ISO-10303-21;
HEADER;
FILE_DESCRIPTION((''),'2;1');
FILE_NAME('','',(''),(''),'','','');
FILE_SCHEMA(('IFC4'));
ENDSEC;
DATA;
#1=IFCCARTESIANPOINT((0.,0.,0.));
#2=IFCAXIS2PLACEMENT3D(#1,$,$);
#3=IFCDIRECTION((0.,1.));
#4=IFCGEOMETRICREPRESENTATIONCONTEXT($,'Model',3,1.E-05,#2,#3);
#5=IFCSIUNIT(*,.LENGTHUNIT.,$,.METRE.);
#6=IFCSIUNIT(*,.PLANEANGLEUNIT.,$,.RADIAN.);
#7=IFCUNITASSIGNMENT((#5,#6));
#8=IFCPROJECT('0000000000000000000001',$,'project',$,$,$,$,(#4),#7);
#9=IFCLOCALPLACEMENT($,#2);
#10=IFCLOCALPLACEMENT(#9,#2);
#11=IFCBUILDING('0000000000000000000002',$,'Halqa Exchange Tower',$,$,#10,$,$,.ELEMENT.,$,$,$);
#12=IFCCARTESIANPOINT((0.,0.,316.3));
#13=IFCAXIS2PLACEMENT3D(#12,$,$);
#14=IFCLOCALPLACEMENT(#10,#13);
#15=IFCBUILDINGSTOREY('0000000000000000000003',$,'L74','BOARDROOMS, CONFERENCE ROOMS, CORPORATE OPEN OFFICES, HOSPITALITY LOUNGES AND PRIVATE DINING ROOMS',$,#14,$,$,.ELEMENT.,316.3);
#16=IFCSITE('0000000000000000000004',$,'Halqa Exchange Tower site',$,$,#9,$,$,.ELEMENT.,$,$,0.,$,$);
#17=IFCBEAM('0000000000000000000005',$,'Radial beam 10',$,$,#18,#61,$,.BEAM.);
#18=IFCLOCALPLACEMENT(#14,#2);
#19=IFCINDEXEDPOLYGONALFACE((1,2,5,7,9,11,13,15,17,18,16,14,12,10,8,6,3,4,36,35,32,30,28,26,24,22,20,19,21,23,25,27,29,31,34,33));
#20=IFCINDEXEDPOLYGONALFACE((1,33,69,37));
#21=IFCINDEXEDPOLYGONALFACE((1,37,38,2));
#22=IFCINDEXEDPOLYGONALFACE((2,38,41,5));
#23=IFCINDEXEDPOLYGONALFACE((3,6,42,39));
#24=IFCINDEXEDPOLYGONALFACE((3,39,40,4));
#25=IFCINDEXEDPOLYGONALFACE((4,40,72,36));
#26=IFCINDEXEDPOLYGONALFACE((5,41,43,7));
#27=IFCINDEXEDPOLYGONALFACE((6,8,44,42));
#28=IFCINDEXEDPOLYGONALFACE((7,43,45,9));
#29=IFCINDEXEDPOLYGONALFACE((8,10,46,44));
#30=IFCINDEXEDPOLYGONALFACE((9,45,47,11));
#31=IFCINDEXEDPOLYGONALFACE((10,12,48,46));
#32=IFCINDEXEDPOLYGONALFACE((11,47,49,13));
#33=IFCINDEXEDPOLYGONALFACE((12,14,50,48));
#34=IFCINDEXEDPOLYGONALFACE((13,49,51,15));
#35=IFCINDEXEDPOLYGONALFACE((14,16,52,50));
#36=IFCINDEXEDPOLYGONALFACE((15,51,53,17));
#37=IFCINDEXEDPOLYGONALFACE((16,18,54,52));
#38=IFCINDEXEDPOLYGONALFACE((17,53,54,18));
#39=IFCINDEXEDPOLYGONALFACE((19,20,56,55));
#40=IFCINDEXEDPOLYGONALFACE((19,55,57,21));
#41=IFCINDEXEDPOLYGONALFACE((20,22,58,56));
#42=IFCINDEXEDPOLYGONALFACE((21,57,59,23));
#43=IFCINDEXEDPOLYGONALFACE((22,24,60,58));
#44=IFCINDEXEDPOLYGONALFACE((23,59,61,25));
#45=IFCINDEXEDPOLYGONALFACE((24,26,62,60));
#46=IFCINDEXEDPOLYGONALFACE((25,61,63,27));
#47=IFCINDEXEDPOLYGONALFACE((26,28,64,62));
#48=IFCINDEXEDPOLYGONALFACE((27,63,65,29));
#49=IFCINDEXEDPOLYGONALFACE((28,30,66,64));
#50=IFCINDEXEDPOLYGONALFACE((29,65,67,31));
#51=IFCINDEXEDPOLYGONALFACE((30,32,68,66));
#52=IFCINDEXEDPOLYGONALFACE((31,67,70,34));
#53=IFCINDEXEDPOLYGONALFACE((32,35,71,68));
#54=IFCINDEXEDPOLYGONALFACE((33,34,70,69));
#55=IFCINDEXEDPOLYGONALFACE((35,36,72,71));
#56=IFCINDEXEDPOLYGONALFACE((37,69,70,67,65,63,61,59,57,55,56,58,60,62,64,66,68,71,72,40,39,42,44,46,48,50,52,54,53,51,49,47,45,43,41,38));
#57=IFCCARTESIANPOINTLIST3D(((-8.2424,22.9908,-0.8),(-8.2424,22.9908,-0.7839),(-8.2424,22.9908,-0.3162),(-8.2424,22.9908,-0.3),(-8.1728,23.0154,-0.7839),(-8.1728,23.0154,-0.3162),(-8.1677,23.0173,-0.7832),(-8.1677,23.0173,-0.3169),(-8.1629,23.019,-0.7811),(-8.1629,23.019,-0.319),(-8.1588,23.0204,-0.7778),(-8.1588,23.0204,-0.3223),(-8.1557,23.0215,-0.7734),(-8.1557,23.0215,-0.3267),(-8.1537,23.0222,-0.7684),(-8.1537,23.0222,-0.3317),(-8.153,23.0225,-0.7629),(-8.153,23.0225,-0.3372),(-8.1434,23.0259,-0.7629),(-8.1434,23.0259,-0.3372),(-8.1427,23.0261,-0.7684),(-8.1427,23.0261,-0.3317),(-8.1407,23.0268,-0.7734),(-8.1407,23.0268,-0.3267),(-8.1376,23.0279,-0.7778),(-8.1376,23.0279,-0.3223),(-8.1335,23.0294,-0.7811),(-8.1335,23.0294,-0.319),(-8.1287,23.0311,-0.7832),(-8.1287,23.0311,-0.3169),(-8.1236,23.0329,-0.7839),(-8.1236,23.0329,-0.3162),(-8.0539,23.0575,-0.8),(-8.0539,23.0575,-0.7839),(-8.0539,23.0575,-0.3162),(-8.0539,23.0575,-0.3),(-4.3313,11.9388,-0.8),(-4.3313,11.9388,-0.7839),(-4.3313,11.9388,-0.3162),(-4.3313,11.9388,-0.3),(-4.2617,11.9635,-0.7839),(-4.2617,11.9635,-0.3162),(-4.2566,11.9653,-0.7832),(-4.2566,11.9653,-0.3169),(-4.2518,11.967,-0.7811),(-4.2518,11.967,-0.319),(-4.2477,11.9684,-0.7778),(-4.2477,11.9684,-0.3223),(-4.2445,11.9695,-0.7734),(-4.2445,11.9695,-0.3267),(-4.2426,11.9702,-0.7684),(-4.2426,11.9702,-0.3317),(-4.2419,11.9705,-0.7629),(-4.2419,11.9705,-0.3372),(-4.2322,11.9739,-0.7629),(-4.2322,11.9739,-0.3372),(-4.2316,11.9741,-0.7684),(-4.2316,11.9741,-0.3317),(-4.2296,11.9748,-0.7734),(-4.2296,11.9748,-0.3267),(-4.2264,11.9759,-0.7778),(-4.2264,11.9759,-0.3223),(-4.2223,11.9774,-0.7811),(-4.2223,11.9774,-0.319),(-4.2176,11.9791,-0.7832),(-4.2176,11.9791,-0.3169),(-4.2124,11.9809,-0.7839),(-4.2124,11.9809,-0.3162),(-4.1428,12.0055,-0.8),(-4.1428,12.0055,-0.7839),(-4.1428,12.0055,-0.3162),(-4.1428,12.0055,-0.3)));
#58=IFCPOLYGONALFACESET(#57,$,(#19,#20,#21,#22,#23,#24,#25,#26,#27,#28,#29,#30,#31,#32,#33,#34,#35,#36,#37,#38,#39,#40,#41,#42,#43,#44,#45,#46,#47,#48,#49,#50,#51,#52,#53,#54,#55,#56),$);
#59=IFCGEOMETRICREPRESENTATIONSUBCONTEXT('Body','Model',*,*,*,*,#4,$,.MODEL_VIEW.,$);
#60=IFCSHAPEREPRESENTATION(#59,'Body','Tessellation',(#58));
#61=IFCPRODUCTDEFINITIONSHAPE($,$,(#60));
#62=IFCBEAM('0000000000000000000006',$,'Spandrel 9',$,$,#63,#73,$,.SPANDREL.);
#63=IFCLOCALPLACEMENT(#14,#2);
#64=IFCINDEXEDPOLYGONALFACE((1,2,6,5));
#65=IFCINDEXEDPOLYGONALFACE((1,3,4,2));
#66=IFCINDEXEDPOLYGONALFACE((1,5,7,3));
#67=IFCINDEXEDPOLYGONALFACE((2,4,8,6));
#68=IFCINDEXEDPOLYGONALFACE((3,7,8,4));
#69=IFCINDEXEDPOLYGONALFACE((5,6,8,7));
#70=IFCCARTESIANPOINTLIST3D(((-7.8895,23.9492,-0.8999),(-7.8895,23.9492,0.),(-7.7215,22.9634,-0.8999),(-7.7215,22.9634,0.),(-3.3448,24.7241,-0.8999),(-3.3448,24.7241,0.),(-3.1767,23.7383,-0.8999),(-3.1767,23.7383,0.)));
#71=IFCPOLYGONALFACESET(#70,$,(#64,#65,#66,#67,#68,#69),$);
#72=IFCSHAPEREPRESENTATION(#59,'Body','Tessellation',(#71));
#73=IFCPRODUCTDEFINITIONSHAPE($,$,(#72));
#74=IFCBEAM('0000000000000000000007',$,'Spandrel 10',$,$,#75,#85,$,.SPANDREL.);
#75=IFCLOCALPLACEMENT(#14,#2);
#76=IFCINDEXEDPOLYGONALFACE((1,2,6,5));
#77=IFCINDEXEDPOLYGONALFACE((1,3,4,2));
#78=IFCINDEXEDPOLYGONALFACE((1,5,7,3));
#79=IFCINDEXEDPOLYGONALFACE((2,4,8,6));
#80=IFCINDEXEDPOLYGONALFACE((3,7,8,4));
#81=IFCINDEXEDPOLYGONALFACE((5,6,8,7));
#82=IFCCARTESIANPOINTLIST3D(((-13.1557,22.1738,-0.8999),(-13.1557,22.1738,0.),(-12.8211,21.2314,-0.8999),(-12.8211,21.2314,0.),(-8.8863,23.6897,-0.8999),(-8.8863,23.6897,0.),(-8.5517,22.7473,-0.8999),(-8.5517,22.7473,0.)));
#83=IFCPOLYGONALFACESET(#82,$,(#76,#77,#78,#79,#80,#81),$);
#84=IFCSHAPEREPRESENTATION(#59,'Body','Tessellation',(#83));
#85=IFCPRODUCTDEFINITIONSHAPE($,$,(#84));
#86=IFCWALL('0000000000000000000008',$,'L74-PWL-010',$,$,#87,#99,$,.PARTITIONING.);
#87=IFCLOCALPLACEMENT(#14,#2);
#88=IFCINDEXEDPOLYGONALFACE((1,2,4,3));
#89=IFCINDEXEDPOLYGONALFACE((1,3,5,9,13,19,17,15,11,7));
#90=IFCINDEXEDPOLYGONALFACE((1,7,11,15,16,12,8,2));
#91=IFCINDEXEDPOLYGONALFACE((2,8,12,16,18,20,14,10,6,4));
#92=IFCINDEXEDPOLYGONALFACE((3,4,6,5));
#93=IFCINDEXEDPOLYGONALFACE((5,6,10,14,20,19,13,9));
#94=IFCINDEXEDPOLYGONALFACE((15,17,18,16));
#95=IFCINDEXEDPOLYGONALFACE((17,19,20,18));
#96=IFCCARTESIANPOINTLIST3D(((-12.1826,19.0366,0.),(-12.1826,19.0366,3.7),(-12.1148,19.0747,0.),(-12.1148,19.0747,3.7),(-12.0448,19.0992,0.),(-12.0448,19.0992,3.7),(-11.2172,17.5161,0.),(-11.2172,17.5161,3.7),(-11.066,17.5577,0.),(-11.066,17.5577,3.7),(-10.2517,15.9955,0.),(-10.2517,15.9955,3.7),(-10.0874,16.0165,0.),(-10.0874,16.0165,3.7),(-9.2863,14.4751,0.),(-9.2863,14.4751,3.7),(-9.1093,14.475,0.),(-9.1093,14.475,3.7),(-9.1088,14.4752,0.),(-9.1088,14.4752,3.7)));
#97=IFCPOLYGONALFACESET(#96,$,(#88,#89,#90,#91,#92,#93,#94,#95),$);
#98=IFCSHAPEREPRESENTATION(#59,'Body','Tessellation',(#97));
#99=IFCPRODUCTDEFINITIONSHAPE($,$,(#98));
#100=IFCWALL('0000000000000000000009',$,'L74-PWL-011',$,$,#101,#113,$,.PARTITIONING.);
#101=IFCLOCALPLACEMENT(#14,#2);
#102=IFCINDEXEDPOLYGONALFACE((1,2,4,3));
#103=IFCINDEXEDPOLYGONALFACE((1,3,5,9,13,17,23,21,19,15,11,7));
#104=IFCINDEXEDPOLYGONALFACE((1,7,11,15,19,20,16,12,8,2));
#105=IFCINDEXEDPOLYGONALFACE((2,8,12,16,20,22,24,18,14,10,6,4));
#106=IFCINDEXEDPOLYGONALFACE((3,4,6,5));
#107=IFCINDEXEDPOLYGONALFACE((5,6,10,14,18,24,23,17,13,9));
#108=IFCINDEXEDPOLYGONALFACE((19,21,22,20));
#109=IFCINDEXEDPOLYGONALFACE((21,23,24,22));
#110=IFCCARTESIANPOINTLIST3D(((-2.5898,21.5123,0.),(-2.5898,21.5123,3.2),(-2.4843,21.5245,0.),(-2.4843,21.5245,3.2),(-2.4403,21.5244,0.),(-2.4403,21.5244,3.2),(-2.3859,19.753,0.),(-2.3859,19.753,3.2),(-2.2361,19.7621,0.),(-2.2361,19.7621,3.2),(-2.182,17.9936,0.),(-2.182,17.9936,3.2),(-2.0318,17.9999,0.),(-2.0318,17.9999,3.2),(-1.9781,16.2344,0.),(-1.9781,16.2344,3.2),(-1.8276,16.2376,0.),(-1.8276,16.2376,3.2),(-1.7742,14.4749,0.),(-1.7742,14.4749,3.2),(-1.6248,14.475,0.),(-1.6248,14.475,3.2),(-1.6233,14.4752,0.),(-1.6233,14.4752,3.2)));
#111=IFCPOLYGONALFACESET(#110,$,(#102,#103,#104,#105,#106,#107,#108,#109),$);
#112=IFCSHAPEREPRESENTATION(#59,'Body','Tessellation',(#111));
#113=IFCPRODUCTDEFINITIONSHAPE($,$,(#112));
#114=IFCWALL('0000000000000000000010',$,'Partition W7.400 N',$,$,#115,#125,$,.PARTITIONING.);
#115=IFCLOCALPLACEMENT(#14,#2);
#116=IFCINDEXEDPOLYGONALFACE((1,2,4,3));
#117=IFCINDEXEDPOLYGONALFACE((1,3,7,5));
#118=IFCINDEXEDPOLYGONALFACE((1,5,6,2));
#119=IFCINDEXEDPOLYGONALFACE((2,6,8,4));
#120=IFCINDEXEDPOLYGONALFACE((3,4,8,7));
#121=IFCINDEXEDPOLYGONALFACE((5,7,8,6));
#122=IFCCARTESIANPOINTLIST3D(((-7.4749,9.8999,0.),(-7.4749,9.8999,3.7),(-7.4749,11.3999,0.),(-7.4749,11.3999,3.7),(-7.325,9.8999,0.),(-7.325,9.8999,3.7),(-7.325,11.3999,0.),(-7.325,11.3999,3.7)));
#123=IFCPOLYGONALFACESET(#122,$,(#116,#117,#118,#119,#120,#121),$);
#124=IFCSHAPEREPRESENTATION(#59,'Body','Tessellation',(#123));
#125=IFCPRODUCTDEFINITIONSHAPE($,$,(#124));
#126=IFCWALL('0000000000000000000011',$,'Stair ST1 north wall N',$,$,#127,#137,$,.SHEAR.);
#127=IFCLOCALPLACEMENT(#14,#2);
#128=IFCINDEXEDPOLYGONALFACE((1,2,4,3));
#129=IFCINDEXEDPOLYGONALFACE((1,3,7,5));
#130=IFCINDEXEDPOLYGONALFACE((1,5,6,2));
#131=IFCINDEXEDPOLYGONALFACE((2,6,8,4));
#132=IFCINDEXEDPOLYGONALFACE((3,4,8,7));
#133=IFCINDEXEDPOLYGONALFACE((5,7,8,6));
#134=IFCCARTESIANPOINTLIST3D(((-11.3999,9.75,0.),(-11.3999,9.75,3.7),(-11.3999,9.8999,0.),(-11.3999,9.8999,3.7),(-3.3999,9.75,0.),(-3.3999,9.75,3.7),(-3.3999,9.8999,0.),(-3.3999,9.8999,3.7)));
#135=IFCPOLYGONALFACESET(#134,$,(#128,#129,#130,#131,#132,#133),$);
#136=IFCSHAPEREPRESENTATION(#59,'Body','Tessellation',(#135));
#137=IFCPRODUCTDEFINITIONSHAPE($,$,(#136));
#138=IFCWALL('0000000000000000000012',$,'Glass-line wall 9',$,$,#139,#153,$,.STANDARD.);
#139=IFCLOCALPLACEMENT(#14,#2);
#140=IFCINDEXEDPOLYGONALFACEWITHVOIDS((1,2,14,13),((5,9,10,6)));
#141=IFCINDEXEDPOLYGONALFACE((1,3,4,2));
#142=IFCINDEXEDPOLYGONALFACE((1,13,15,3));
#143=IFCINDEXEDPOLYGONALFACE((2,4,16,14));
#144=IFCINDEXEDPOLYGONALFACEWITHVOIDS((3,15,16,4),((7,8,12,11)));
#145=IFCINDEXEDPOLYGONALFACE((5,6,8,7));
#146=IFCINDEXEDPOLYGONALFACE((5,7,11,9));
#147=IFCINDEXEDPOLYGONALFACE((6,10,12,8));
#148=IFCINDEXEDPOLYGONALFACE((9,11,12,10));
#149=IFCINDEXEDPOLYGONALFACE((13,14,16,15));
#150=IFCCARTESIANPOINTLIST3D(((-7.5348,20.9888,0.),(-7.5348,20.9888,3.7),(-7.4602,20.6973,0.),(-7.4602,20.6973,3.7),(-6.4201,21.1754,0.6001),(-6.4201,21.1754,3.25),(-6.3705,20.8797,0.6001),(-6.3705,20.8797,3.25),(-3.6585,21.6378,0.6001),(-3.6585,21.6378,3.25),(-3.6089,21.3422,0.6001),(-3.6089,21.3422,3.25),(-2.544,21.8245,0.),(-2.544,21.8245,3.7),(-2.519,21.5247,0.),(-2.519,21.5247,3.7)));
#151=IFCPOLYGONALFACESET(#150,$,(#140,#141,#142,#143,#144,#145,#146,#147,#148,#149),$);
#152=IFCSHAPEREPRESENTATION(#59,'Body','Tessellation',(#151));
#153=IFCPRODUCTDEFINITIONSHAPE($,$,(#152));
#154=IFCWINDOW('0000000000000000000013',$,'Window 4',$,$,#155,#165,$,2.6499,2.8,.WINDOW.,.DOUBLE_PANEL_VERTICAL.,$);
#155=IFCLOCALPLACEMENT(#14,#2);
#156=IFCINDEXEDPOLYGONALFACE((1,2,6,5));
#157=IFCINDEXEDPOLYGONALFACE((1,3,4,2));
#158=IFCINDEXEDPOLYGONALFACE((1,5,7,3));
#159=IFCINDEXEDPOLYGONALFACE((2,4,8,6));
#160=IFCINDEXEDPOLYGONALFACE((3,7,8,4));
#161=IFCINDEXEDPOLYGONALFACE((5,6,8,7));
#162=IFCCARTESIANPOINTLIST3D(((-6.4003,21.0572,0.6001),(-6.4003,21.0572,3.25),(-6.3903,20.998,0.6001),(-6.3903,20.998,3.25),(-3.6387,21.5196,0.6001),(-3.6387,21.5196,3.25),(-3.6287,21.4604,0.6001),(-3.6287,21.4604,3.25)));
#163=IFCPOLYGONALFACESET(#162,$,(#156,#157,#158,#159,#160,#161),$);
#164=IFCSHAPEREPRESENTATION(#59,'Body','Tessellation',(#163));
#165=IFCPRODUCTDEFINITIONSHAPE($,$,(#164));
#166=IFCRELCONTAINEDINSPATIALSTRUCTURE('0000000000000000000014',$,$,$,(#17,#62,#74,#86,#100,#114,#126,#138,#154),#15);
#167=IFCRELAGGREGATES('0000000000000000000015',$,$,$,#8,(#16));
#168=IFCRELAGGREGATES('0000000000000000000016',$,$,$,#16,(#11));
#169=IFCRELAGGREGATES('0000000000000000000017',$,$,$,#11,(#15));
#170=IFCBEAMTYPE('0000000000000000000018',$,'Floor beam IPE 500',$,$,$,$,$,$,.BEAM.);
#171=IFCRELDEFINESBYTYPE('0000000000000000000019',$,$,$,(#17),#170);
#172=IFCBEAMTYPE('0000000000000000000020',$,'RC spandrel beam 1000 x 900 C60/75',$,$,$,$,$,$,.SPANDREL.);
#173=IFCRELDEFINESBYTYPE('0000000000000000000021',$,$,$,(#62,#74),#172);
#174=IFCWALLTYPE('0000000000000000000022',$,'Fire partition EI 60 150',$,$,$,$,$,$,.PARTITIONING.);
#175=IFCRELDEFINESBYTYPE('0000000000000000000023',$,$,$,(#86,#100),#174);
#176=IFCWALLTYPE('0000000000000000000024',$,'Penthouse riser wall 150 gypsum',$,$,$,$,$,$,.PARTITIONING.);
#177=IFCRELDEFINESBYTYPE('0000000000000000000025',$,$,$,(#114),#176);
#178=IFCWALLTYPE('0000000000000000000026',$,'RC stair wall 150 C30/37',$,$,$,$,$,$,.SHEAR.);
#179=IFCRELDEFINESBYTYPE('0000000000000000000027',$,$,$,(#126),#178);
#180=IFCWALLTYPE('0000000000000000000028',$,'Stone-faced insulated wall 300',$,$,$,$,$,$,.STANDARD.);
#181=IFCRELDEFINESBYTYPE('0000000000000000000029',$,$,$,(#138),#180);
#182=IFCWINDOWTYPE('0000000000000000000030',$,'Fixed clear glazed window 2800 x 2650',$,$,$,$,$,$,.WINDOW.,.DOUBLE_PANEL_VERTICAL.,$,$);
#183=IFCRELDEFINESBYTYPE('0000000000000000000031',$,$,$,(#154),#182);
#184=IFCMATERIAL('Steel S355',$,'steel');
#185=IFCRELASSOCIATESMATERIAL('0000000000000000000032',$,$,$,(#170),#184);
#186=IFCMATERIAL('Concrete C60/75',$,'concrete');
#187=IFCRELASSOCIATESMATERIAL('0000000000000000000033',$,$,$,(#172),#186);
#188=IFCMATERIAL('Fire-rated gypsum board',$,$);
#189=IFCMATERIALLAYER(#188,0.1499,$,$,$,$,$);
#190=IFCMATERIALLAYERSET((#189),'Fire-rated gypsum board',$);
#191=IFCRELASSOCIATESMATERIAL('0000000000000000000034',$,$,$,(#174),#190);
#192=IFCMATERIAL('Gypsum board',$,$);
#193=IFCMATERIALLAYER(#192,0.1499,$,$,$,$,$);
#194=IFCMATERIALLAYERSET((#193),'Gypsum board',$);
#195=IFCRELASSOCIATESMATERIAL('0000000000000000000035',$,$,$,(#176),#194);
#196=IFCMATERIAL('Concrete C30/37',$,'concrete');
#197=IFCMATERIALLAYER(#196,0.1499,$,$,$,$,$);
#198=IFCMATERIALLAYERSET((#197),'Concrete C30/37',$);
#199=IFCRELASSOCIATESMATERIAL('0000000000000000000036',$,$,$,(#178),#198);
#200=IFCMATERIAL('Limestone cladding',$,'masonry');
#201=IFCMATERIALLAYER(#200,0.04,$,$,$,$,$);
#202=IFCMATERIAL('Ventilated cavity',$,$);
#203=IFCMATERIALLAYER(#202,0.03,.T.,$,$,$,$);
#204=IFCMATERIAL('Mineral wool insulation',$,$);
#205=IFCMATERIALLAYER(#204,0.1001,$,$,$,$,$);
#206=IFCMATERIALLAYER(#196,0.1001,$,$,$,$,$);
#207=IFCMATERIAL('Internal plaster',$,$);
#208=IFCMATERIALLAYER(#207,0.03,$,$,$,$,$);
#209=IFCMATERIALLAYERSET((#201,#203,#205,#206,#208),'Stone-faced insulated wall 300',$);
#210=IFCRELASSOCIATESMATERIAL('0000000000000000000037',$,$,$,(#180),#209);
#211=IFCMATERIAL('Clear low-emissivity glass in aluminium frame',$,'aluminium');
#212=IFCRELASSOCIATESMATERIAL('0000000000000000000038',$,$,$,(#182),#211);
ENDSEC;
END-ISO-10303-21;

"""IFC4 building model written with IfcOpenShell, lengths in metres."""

from ifc_helpers import new_model, si_unit, direction, frame, frame_2d, origin, origin_2d, place, context, subcontext, project, spatial, polyline, rectangle, i_section, outline, extrude, material, layer, layer_set, material_profile, profile_set, type_object, element, fill, save


model = new_model("IFC4")

# Units and contexts
model_context = context("Model", 3, precision=1e-05, world=origin(), true_north=direction((0.0, 1.0)))
body_context = subcontext(model_context, "Body", "Model", "MODEL_VIEW")
ifc_project = project(units=[si_unit("LENGTHUNIT", "METRE"), si_unit("PLANEANGLEUNIT", "RADIAN")], contexts=[model_context])

# Site, building, storey
site_placement = place(None, origin())
site = spatial("IfcSite", under=ifc_project, at=site_placement, Name="Halqa Exchange Tower site", CompositionType="ELEMENT", RefElevation=0.0)
building_placement = place(site_placement, origin())
building = spatial("IfcBuilding", under=site, at=building_placement, Name="Halqa Exchange Tower", CompositionType="ELEMENT")
storey_placement = place(building_placement, frame((0.0, 0.0, 316.3)))
storey = spatial("IfcBuildingStorey", under=building, at=storey_placement, Name="L74", Description="BOARDROOMS, CONFERENCE ROOMS, CORPORATE OPEN OFFICES, HOSPITALITY LOUNGES AND PRIVATE DINING ROOMS", CompositionType="ELEMENT", Elevation=316.3)

# Beams
ifc_material_1 = material(Name="Steel S355", Category="steel")
ifc_material_profile_1 = material_profile(ifc_material_1, i_section(OverallWidth=0.2, OverallDepth=0.5, WebThickness=0.0103, FlangeThickness=0.0161, FilletRadius=0.021, at=origin_2d()), Name="IPE 500")
ifc_profile_set_1 = profile_set([ifc_material_profile_1], Name="Steel S355")
beam_type_1 = type_object("IfcBeamType", Name="Floor beam IPE 500", PredefinedType="BEAM", material=ifc_profile_set_1)
beam_1_placement = place(storey_placement, frame((-4.2371, 11.9722, -0.55), z_axis=(-0.333611, 0.942711, 0.0), x_axis=(-0.942711, -0.333611, 0.0)))
element("IfcBeam", 1, at=beam_1_placement, inside=storey, type_object=beam_type_1, Name="Radial beam 10", PredefinedType="BEAM", context=body_context, shape_type="SweptSolid", body=[
    extrude(i_section(OverallWidth=0.2, OverallDepth=0.5, WebThickness=0.0103, FlangeThickness=0.0161, FilletRadius=0.021, at=origin_2d()), origin(), (0.0, 0.0, 1.0), 11.7236),
])
ifc_material_2 = material(Name="Concrete C60/75", Category="concrete")
ifc_material_profile_2 = material_profile(ifc_material_2, rectangle(XDim=1.0, YDim=0.8999, at=origin_2d()), Name="1000 x 900")
ifc_profile_set_2 = profile_set([ifc_material_profile_2], Name="Concrete C60/75")
beam_type_2 = type_object("IfcBeamType", Name="RC spandrel beam 1000 x 900 C60/75", PredefinedType="SPANDREL", material=ifc_profile_set_2)
beam_2_placement = place(storey_placement, frame((-3.2607, 24.2312, -0.45), z_axis=(-0.985773, -0.168082, 0.0), x_axis=(0.168082, -0.985773, 0.0)))
element("IfcBeam", 2, at=beam_2_placement, inside=storey, type_object=beam_type_2, Name="Spandrel 9", PredefinedType="SPANDREL", context=body_context, shape_type="SweptSolid", body=[
    extrude(rectangle(XDim=1.0, YDim=0.8999, at=origin_2d()), origin(), (0.0, 0.0, 1.0), 4.6104),
])
beam_3_placement = place(storey_placement, frame((-8.719, 23.2185, -0.45), z_axis=(-0.942361, -0.334598, 0.0), x_axis=(0.334598, -0.942361, 0.0)))
element("IfcBeam", 3, at=beam_3_placement, inside=storey, type_object=beam_type_2, Name="Spandrel 10", PredefinedType="SPANDREL", context=body_context, shape_type="SweptSolid", body=[
    extrude(rectangle(XDim=1.0, YDim=0.8999, at=origin_2d()), origin(), (0.0, 0.0, 1.0), 4.5305),
])

# Walls
ifc_material_3 = material(Name="Fire-rated gypsum board")
ifc_layer_1 = layer(ifc_material_3, 0.1499)
ifc_layer_set_1 = layer_set([ifc_layer_1], Name="Fire-rated gypsum board")
wall_type_1 = type_object("IfcWallType", Name="Fire partition EI 60 150", PredefinedType="PARTITIONING", material=ifc_layer_set_1)
wall_1_placement = place(storey_placement, frame((-9.1721, 14.4351, 0.0), z_axis=(0.0, 0.0, 1.0), x_axis=(-0.536016, 0.844208, 0.0)))
element("IfcWall", 4, at=wall_1_placement, inside=storey, type_object=wall_type_1, Name="L74-PWL-010", PredefinedType="PARTITIONING", context=body_context, shape_type="SweptSolid", body=[
    extrude(outline(polyline([(0.0, -0.075), (1.8257, -0.075), (3.6514, -0.075), (5.4773, -0.075), (5.4941, -0.0027), (5.4983, 0.075), (3.6973, 0.075), (1.896, 0.075), (0.095, 0.075), (0.0, -0.0745), (0.0, -0.075)])), origin(), (0.0, 0.0, 1.0), 3.7),
])
wall_2_placement = place(storey_placement, frame((-1.6978, 14.4666, 0.0), z_axis=(0.0, 0.0, 1.0), x_axis=(-0.115132, 0.99335, 0.0)))
element("IfcWall", 5, at=wall_2_placement, inside=storey, type_object=wall_type_1, Name="L74-PWL-011", PredefinedType="PARTITIONING", context=body_context, shape_type="SweptSolid", body=[
    extrude(outline(polyline([(0.0, -0.075), (1.7742, -0.075), (3.5483, -0.075), (5.3223, -0.075), (7.0964, -0.075), (7.1016, -0.0312), (7.1016, 0.075), (5.3306, 0.075), (3.5593, 0.075), (1.7883, 0.075), (0.0171, 0.075), (0.0, -0.0735), (0.0, -0.075)])), origin(), (0.0, 0.0, 1.0), 3.2),
])
ifc_material_4 = material(Name="Gypsum board")
ifc_layer_2 = layer(ifc_material_4, 0.1499)
ifc_layer_set_2 = layer_set([ifc_layer_2], Name="Gypsum board")
wall_type_2 = type_object("IfcWallType", Name="Penthouse riser wall 150 gypsum", PredefinedType="PARTITIONING", material=ifc_layer_set_2)
wall_3_placement = place(storey_placement, frame((-7.3999, 9.8999, 0.0), z_axis=(0.0, 0.0, 1.0), x_axis=(0.0, 1.0, 0.0)))
element("IfcWall", 6, at=wall_3_placement, inside=storey, type_object=wall_type_2, Name="Partition W7.400 N", PredefinedType="PARTITIONING", context=body_context, shape_type="SweptSolid", body=[
    extrude(rectangle(XDim=1.5, YDim=0.1499, at=frame_2d((0.75, 0.0))), origin(), (0.0, 0.0, 1.0), 3.7),
])
ifc_material_5 = material(Name="Concrete C30/37", Category="concrete")
ifc_layer_3 = layer(ifc_material_5, 0.1499)
ifc_layer_set_3 = layer_set([ifc_layer_3], Name="Concrete C30/37")
wall_type_3 = type_object("IfcWallType", Name="RC stair wall 150 C30/37", PredefinedType="SHEAR", material=ifc_layer_set_3)
wall_4_placement = place(storey_placement, frame((-11.3999, 9.825, 0.0), z_axis=(0.0, 0.0, 1.0), x_axis=(1.0, 0.0, 0.0)))
element("IfcWall", 7, at=wall_4_placement, inside=storey, type_object=wall_type_3, Name="Stair ST1 north wall N", PredefinedType="SHEAR", context=body_context, shape_type="SweptSolid", body=[
    extrude(rectangle(XDim=8.0, YDim=0.1499, at=frame_2d((4.0, 0.0))), origin(), (0.0, 0.0, 1.0), 3.7),
])

# Wall, opening, window
ifc_material_6 = material(Name="Limestone cladding", Category="masonry")
ifc_layer_4 = layer(ifc_material_6, 0.04)
ifc_material_7 = material(Name="Ventilated cavity")
ifc_layer_5 = layer(ifc_material_7, 0.03, ventilated=True)
ifc_material_8 = material(Name="Mineral wool insulation")
ifc_layer_6 = layer(ifc_material_8, 0.1001)
ifc_layer_7 = layer(ifc_material_5, 0.1001)
ifc_material_9 = material(Name="Internal plaster")
ifc_layer_8 = layer(ifc_material_9, 0.03)
ifc_layer_set_4 = layer_set([ifc_layer_4, ifc_layer_5, ifc_layer_6, ifc_layer_7, ifc_layer_8], Name="Stone-faced insulated wall 300")
wall_type_4 = type_object("IfcWallType", Name="Stone-faced insulated wall 300", PredefinedType="STANDARD", material=ifc_layer_set_4)
wall_5_placement = place(storey_placement, frame((-2.5315, 21.6746, 0.0), z_axis=(0.0, 0.0, 1.0), x_axis=(-0.986269, -0.165146, 0.0)))
wall_5 = element("IfcWall", 8, at=wall_5_placement, inside=storey, type_object=wall_type_4, Name="Glass-line wall 9", PredefinedType="STANDARD", context=body_context, shape_type="SweptSolid", body=[
    extrude(outline(polyline([(-0.0125, -0.1499), (5.0479, -0.1499), (5.0225, 0.1499), (0.0125, 0.1499), (-0.0125, -0.1499)])), origin(), (0.0, 0.0, 1.0), 3.7),
])
opening_1_placement = place(wall_5_placement, frame((1.1177, 0.0, 0.6001)))
opening_1 = element("IfcOpeningElement", 9, at=opening_1_placement, cuts=wall_5, PredefinedType="OPENING", context=body_context, shape_type="SweptSolid", body=[
    extrude(rectangle(XDim=2.8, YDim=2.6499, at=frame_2d((1.3999, 1.325))), frame((0.0, 0.1621, 0.0), z_axis=(0.0, -1.0, 0.0), x_axis=(1.0, 0.0, 0.0)), (0.0, 0.0, 1.0), 0.324),
])
ifc_material_10 = material(Name="Clear low-emissivity glass in aluminium frame", Category="aluminium")
window_type = type_object("IfcWindowType", Name="Fixed clear glazed window 2800 x 2650", PartitioningType="DOUBLE_PANEL_VERTICAL", PredefinedType="WINDOW", material=ifc_material_10)
window_1_placement = place(opening_1_placement, origin())
window_1 = element("IfcWindow", 10, at=window_1_placement, inside=storey, type_object=window_type, Name="Window 4", OverallHeight=2.6499, OverallWidth=2.8, PartitioningType="DOUBLE_PANEL_VERTICAL", PredefinedType="WINDOW", context=body_context, shape_type="SweptSolid", body=[
    extrude(rectangle(XDim=2.8, YDim=2.6499, at=frame_2d((1.3999, 1.325))), frame((0.0, 0.03, 0.0), z_axis=(0.0, -1.0, 0.0), x_axis=(1.0, 0.0, 0.0)), (0.0, 0.0, 1.0), 0.0601),
])
fill(opening_1, window_1)

save(model, "model.ifc")
